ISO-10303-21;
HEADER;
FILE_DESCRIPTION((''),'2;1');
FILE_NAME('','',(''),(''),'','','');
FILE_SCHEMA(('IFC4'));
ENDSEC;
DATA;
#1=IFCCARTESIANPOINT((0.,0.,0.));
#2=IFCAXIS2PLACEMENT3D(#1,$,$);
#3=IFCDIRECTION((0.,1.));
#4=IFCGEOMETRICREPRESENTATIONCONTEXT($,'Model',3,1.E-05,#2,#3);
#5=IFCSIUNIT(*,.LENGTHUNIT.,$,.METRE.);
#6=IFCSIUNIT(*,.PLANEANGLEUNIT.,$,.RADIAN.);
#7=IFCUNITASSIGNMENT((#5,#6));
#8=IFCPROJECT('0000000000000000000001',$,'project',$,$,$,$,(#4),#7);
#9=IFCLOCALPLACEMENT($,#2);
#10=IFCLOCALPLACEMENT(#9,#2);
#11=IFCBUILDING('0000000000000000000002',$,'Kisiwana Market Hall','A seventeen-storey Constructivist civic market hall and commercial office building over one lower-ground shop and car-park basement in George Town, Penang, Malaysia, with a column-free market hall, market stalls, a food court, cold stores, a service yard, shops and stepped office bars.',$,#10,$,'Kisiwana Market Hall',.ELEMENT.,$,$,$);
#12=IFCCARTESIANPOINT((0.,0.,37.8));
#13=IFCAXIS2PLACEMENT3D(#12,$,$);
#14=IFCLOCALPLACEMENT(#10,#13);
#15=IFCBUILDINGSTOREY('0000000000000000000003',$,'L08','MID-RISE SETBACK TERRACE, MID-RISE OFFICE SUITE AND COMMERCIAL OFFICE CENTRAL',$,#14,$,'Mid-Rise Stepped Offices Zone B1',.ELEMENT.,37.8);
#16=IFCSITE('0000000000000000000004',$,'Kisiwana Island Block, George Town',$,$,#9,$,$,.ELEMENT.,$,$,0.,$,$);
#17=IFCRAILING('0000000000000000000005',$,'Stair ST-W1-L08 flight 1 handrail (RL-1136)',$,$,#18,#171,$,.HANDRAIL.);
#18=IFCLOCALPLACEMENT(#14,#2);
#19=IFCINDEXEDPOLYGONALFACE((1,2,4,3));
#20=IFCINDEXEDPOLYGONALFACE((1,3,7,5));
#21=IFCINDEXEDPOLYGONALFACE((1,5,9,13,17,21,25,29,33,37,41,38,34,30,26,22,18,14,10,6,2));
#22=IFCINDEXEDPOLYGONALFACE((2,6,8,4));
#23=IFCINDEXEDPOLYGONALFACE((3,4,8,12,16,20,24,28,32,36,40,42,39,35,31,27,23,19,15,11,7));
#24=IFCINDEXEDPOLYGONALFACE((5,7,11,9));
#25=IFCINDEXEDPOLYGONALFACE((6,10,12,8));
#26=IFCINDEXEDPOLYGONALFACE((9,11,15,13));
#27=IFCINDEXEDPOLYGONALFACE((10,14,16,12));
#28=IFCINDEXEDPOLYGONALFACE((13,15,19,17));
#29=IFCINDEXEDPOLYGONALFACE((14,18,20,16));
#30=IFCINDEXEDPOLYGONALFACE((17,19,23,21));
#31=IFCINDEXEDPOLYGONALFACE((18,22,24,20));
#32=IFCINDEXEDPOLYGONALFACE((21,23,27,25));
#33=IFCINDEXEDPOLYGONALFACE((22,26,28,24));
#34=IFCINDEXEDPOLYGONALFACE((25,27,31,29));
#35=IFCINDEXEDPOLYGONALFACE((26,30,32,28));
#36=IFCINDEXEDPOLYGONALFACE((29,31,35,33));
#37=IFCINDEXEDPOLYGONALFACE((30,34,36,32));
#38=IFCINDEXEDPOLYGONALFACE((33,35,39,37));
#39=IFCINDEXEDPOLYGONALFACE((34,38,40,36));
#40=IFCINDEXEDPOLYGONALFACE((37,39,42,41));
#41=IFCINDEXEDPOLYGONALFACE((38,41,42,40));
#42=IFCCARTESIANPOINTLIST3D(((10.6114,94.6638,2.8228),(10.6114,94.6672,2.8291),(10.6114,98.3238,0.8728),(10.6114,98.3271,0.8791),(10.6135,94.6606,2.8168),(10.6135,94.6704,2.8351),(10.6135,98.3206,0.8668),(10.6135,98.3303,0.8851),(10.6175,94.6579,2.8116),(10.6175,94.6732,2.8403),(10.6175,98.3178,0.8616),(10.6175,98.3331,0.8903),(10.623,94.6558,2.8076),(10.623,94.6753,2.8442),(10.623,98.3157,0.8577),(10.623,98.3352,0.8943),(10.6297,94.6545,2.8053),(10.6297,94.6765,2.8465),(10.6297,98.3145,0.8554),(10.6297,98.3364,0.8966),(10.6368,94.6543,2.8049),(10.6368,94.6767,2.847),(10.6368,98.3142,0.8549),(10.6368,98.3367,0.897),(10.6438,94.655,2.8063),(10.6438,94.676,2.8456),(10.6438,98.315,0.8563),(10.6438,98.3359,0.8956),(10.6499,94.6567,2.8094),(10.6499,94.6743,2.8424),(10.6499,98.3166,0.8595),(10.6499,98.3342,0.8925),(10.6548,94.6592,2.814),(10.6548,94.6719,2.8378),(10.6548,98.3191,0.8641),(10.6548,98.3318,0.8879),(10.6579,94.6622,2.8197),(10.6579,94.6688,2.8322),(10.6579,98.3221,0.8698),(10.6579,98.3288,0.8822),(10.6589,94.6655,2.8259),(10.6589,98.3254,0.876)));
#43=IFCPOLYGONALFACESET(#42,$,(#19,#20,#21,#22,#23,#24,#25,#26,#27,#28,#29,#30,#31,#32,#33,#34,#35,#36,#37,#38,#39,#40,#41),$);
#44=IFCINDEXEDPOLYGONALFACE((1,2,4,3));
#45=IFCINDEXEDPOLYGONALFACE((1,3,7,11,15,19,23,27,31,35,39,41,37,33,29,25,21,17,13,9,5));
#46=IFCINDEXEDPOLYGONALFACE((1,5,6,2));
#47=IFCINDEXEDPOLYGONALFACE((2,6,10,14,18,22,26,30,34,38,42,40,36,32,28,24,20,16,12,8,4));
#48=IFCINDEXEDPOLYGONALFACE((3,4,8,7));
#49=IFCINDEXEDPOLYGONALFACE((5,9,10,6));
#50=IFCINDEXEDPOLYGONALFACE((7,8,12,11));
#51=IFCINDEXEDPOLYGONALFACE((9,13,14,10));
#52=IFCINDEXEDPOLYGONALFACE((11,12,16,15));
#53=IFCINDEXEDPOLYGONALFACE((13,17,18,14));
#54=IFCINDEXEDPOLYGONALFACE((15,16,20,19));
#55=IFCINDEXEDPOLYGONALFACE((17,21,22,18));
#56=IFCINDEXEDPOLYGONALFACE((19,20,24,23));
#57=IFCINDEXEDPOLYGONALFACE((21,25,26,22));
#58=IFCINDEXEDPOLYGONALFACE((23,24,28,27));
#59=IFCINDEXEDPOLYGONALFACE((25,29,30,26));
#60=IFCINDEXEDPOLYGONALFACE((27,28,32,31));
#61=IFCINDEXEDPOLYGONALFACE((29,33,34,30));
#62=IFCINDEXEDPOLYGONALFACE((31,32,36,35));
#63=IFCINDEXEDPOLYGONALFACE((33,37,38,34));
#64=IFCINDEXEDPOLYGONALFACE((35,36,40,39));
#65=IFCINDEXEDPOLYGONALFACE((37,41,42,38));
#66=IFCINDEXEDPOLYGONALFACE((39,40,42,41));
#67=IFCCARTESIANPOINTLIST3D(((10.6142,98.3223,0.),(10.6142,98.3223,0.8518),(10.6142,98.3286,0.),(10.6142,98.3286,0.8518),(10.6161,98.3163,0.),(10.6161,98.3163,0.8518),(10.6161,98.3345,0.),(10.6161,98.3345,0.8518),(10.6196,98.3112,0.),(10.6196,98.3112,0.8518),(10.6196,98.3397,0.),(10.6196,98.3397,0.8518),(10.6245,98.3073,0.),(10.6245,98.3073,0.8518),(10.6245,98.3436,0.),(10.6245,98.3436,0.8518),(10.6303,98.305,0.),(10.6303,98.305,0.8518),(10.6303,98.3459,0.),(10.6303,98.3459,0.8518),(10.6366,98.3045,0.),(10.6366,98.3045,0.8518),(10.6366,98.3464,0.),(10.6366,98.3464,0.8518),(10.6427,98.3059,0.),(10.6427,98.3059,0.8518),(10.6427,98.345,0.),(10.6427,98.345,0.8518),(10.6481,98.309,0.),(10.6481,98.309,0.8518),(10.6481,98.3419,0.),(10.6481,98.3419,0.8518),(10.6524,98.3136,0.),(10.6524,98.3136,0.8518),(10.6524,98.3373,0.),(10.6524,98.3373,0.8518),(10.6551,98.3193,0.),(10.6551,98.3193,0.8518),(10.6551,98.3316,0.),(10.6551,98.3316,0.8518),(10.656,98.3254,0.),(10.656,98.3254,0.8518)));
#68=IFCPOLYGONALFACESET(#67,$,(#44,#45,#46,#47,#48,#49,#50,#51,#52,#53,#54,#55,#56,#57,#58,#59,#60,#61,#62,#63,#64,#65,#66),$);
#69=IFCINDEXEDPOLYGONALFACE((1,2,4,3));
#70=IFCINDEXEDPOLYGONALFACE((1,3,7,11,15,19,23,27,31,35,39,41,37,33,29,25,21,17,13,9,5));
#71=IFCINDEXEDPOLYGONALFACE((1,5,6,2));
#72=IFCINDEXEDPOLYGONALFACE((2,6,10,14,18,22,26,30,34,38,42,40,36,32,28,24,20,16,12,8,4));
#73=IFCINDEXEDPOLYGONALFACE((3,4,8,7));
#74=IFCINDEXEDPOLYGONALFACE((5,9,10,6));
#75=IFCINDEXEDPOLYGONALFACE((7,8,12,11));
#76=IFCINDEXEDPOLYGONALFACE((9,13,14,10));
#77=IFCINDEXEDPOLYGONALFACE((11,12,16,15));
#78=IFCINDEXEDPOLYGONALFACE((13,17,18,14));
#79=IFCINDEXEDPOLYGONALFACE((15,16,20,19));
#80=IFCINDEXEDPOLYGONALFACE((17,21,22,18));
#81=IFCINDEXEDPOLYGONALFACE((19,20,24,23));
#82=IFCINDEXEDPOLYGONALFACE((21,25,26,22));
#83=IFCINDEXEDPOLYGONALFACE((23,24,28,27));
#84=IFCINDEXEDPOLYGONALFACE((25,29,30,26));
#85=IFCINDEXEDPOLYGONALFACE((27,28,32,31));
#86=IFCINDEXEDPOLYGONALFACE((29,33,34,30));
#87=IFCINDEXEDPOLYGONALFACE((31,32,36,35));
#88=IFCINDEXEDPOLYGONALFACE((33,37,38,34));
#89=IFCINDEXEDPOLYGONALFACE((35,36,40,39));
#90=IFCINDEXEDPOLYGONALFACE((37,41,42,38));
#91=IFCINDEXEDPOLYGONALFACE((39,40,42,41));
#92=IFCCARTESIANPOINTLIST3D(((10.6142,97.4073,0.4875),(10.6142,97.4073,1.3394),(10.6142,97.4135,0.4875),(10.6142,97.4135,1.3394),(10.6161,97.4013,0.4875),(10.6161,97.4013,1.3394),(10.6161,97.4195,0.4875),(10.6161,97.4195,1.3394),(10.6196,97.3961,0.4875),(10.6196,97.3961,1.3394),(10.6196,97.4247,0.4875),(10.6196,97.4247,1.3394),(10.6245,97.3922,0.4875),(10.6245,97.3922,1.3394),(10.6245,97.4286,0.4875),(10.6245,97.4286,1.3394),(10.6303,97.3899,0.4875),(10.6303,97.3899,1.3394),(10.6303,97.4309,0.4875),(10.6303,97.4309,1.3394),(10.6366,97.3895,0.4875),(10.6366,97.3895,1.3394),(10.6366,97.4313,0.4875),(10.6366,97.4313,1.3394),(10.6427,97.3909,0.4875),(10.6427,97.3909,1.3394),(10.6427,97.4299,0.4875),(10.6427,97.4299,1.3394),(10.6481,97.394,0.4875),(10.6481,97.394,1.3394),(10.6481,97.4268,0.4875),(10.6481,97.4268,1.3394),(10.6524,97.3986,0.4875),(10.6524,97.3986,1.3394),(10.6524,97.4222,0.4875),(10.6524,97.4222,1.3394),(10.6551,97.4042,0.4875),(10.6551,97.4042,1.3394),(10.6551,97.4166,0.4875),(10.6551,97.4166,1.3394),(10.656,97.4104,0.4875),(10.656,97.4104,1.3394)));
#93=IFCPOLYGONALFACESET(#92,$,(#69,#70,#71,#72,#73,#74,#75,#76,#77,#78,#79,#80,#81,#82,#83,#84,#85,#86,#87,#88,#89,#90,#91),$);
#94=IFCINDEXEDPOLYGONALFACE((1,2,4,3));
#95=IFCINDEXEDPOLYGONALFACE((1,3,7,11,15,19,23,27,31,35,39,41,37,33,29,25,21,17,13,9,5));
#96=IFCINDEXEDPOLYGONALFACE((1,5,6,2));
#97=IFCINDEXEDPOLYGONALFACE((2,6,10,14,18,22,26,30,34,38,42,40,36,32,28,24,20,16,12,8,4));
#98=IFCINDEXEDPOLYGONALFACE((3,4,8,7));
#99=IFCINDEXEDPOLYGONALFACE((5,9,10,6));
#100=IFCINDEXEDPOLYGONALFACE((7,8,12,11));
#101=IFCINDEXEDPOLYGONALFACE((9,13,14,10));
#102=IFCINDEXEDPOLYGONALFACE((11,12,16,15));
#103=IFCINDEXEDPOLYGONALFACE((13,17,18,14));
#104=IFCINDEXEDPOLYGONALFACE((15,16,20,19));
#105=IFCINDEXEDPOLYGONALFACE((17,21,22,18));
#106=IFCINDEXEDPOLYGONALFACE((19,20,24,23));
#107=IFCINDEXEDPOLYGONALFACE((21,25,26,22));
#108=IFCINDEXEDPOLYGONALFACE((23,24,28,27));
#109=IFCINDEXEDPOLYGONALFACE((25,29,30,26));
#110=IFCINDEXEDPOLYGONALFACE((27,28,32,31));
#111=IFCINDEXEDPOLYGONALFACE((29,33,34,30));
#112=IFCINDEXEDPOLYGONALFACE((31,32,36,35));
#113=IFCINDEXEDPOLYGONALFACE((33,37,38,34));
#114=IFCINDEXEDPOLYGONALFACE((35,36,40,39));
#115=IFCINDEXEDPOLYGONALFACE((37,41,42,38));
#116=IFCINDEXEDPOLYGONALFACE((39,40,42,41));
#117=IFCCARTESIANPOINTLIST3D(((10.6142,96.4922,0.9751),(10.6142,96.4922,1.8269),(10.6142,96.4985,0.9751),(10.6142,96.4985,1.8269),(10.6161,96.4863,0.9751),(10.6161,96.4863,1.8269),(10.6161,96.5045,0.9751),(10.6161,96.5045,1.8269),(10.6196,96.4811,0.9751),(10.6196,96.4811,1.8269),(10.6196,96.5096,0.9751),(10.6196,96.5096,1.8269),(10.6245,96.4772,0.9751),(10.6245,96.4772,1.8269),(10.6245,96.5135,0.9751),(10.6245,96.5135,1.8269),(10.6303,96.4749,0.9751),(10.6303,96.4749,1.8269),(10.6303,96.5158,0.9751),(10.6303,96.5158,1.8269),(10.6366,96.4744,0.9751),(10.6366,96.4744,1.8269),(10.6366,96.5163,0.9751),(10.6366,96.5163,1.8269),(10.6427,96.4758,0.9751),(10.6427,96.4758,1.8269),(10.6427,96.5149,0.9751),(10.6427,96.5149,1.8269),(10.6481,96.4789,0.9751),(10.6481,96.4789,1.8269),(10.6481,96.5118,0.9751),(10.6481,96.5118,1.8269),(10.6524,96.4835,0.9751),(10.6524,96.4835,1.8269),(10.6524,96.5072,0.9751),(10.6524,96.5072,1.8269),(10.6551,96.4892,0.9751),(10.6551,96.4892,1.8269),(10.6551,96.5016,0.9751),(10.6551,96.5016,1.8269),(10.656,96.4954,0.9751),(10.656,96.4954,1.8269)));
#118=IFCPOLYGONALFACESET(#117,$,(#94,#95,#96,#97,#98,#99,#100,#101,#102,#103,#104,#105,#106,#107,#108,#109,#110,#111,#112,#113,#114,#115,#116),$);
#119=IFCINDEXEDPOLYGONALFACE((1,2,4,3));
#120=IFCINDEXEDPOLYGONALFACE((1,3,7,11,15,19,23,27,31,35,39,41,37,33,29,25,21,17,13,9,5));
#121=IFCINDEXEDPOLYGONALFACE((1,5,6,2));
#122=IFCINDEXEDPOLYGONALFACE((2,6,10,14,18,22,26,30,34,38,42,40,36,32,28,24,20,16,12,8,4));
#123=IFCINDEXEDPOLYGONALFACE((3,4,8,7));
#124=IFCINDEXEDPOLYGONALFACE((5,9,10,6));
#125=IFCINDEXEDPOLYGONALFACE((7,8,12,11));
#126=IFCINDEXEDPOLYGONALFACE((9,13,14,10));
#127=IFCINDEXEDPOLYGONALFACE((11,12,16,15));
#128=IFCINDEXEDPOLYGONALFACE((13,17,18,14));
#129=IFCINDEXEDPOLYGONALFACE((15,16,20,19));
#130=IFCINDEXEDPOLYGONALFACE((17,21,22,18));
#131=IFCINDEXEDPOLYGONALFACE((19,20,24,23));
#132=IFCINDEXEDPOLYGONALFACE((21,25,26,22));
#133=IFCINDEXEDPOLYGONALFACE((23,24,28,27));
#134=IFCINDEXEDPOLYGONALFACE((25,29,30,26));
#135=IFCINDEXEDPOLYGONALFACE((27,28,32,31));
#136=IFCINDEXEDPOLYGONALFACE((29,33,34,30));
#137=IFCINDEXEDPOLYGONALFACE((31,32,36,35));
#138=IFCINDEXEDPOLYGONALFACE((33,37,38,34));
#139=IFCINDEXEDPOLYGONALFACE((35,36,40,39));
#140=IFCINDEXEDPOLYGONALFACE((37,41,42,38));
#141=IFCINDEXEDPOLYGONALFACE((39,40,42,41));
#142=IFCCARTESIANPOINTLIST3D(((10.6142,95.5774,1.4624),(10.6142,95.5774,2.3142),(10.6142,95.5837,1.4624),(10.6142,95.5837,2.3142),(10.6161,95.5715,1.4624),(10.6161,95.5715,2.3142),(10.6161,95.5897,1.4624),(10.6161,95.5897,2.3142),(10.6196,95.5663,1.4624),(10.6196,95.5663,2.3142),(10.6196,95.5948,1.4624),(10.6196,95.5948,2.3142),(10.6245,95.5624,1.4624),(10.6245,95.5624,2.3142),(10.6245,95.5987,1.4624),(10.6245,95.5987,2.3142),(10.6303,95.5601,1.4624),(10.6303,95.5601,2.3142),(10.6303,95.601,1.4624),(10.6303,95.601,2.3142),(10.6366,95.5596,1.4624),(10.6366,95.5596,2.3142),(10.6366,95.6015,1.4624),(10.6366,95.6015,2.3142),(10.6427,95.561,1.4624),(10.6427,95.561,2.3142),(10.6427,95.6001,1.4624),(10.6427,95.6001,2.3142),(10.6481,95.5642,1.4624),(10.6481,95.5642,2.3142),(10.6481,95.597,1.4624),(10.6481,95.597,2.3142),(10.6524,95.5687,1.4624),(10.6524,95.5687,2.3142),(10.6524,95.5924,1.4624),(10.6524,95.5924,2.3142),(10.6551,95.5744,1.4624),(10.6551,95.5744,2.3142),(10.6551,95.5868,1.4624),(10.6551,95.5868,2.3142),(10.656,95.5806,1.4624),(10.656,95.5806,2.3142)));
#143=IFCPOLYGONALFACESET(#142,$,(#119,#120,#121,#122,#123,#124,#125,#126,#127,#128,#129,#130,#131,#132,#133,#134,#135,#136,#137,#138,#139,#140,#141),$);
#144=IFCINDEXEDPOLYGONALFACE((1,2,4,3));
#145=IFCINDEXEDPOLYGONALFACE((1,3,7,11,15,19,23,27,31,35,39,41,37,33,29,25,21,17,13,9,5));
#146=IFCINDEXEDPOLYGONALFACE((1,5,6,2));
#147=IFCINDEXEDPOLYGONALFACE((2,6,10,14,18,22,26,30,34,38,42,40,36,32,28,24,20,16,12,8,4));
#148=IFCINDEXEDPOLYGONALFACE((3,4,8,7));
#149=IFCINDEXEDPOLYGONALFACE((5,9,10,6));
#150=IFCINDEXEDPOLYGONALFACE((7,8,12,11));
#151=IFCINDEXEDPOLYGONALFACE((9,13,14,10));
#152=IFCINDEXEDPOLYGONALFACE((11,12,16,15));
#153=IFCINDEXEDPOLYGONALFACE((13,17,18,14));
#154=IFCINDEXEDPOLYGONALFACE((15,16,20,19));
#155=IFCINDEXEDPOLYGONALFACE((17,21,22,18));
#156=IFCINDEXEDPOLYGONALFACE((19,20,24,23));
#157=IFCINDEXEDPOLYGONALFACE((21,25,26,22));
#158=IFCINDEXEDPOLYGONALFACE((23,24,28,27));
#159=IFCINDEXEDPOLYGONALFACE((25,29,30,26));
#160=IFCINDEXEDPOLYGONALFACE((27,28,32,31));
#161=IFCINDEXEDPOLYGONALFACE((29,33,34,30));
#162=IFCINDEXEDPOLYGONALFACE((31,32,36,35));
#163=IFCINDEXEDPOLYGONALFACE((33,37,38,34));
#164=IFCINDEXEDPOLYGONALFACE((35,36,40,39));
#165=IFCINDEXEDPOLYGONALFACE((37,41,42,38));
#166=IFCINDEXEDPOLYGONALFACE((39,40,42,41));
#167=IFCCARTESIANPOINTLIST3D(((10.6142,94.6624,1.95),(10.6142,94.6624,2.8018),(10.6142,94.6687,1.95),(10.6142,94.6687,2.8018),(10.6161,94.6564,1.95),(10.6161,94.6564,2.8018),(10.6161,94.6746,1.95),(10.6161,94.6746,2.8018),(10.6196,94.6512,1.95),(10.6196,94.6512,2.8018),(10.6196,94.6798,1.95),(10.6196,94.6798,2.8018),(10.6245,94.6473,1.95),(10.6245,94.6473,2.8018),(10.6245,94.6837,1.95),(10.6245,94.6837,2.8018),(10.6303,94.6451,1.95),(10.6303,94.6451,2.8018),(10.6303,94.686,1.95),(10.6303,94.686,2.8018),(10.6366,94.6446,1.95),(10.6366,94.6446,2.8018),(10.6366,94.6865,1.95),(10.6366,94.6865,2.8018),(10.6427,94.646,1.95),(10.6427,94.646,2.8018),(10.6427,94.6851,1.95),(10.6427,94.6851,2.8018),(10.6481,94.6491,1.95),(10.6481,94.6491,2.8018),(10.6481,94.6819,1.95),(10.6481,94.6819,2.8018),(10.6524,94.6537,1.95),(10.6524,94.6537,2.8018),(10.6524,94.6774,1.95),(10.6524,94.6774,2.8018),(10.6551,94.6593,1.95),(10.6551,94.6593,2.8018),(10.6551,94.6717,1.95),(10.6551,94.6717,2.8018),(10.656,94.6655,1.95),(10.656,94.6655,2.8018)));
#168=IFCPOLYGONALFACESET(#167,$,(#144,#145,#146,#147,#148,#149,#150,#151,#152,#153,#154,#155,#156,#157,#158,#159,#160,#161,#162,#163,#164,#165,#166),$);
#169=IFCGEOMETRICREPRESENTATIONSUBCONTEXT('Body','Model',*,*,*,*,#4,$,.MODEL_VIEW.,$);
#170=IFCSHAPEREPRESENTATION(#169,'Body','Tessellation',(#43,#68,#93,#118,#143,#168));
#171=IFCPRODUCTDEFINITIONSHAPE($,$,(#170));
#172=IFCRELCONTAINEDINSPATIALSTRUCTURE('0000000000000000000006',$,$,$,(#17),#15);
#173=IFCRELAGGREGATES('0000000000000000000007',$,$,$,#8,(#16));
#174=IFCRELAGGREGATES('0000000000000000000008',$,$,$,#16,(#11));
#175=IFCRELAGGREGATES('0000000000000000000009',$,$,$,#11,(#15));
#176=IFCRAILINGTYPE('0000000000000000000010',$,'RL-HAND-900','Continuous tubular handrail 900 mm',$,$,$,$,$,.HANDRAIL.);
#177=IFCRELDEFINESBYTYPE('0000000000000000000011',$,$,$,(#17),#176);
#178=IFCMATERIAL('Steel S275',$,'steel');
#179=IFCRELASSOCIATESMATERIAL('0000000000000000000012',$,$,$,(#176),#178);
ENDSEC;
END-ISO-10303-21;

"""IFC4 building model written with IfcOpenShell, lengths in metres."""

from ifc_helpers import new_model, si_unit, direction, frame, origin, origin_2d, place, context, subcontext, project, spatial, circle, extrude, material, type_object, element, save


model = new_model("IFC4")

# Units and contexts
model_context = context("Model", 3, precision=1e-05, world=origin(), true_north=direction((0.0, 1.0)))
body_context = subcontext(model_context, "Body", "Model", "MODEL_VIEW")
ifc_project = project(units=[si_unit("LENGTHUNIT", "METRE"), si_unit("PLANEANGLEUNIT", "RADIAN")], contexts=[model_context])

# Site, building, storey
site_placement = place(None, origin())
site = spatial("IfcSite", under=ifc_project, at=site_placement, Name="Kisiwana Island Block, George Town", CompositionType="ELEMENT", RefElevation=0.0)
building_placement = place(site_placement, origin())
building = spatial("IfcBuilding", under=site, at=building_placement, Name="Kisiwana Market Hall", Description="A seventeen-storey Constructivist civic market hall and commercial office building over one lower-ground shop and car-park basement in George Town, Penang, Malaysia, with a column-free market hall, market stalls, a food court, cold stores, a service yard, shops and stepped office bars.", LongName="Kisiwana Market Hall", CompositionType="ELEMENT")
storey_placement = place(building_placement, frame((0.0, 0.0, 37.8)))
storey = spatial("IfcBuildingStorey", under=building, at=storey_placement, Name="L08", Description="MID-RISE SETBACK TERRACE, MID-RISE OFFICE SUITE AND COMMERCIAL OFFICE CENTRAL", LongName="Mid-Rise Stepped Offices Zone B1", CompositionType="ELEMENT", Elevation=37.8)

# Railing
ifc_material_1 = material(Name="Steel S275", Category="steel")
railing_type = type_object("IfcRailingType", Name="RL-HAND-900", Description="Continuous tubular handrail 900 mm", PredefinedType="HANDRAIL", material=ifc_material_1)
railing_placement = place(storey_placement, frame((10.635, 98.3254, 0.0)))
element("IfcRailing", 1, at=railing_placement, inside=storey, type_object=railing_type, Name="Stair ST-W1-L08 flight 1 handrail (RL-1136)", PredefinedType="HANDRAIL", context=body_context, shape_type="SweptSolid", body=[
    extrude(circle(Radius=0.0239, at=origin_2d()), frame((0.0, 0.0, 0.876), z_axis=(0.0, -0.882553, 0.470212), x_axis=(1.0, 0.0, 0.0)), (0.0, 0.0, 1.0), 4.147),
    extrude(circle(Radius=0.021, at=origin_2d()), origin(), (0.0, 0.0, 1.0), 0.8518),
    extrude(circle(Radius=0.021, at=origin_2d()), frame((0.0, -0.915, 0.4875)), (0.0, 0.0, 1.0), 0.8518),
    extrude(circle(Radius=0.021, at=origin_2d()), frame((0.0, -1.8301, 0.9751)), (0.0, 0.0, 1.0), 0.8518),
    extrude(circle(Radius=0.021, at=origin_2d()), frame((0.0, -2.7449, 1.4624)), (0.0, 0.0, 1.0), 0.8518),
    extrude(circle(Radius=0.021, at=origin_2d()), frame((0.0, -3.6599, 1.95)), (0.0, 0.0, 1.0), 0.8518),
])

save(model, "model.ifc")
